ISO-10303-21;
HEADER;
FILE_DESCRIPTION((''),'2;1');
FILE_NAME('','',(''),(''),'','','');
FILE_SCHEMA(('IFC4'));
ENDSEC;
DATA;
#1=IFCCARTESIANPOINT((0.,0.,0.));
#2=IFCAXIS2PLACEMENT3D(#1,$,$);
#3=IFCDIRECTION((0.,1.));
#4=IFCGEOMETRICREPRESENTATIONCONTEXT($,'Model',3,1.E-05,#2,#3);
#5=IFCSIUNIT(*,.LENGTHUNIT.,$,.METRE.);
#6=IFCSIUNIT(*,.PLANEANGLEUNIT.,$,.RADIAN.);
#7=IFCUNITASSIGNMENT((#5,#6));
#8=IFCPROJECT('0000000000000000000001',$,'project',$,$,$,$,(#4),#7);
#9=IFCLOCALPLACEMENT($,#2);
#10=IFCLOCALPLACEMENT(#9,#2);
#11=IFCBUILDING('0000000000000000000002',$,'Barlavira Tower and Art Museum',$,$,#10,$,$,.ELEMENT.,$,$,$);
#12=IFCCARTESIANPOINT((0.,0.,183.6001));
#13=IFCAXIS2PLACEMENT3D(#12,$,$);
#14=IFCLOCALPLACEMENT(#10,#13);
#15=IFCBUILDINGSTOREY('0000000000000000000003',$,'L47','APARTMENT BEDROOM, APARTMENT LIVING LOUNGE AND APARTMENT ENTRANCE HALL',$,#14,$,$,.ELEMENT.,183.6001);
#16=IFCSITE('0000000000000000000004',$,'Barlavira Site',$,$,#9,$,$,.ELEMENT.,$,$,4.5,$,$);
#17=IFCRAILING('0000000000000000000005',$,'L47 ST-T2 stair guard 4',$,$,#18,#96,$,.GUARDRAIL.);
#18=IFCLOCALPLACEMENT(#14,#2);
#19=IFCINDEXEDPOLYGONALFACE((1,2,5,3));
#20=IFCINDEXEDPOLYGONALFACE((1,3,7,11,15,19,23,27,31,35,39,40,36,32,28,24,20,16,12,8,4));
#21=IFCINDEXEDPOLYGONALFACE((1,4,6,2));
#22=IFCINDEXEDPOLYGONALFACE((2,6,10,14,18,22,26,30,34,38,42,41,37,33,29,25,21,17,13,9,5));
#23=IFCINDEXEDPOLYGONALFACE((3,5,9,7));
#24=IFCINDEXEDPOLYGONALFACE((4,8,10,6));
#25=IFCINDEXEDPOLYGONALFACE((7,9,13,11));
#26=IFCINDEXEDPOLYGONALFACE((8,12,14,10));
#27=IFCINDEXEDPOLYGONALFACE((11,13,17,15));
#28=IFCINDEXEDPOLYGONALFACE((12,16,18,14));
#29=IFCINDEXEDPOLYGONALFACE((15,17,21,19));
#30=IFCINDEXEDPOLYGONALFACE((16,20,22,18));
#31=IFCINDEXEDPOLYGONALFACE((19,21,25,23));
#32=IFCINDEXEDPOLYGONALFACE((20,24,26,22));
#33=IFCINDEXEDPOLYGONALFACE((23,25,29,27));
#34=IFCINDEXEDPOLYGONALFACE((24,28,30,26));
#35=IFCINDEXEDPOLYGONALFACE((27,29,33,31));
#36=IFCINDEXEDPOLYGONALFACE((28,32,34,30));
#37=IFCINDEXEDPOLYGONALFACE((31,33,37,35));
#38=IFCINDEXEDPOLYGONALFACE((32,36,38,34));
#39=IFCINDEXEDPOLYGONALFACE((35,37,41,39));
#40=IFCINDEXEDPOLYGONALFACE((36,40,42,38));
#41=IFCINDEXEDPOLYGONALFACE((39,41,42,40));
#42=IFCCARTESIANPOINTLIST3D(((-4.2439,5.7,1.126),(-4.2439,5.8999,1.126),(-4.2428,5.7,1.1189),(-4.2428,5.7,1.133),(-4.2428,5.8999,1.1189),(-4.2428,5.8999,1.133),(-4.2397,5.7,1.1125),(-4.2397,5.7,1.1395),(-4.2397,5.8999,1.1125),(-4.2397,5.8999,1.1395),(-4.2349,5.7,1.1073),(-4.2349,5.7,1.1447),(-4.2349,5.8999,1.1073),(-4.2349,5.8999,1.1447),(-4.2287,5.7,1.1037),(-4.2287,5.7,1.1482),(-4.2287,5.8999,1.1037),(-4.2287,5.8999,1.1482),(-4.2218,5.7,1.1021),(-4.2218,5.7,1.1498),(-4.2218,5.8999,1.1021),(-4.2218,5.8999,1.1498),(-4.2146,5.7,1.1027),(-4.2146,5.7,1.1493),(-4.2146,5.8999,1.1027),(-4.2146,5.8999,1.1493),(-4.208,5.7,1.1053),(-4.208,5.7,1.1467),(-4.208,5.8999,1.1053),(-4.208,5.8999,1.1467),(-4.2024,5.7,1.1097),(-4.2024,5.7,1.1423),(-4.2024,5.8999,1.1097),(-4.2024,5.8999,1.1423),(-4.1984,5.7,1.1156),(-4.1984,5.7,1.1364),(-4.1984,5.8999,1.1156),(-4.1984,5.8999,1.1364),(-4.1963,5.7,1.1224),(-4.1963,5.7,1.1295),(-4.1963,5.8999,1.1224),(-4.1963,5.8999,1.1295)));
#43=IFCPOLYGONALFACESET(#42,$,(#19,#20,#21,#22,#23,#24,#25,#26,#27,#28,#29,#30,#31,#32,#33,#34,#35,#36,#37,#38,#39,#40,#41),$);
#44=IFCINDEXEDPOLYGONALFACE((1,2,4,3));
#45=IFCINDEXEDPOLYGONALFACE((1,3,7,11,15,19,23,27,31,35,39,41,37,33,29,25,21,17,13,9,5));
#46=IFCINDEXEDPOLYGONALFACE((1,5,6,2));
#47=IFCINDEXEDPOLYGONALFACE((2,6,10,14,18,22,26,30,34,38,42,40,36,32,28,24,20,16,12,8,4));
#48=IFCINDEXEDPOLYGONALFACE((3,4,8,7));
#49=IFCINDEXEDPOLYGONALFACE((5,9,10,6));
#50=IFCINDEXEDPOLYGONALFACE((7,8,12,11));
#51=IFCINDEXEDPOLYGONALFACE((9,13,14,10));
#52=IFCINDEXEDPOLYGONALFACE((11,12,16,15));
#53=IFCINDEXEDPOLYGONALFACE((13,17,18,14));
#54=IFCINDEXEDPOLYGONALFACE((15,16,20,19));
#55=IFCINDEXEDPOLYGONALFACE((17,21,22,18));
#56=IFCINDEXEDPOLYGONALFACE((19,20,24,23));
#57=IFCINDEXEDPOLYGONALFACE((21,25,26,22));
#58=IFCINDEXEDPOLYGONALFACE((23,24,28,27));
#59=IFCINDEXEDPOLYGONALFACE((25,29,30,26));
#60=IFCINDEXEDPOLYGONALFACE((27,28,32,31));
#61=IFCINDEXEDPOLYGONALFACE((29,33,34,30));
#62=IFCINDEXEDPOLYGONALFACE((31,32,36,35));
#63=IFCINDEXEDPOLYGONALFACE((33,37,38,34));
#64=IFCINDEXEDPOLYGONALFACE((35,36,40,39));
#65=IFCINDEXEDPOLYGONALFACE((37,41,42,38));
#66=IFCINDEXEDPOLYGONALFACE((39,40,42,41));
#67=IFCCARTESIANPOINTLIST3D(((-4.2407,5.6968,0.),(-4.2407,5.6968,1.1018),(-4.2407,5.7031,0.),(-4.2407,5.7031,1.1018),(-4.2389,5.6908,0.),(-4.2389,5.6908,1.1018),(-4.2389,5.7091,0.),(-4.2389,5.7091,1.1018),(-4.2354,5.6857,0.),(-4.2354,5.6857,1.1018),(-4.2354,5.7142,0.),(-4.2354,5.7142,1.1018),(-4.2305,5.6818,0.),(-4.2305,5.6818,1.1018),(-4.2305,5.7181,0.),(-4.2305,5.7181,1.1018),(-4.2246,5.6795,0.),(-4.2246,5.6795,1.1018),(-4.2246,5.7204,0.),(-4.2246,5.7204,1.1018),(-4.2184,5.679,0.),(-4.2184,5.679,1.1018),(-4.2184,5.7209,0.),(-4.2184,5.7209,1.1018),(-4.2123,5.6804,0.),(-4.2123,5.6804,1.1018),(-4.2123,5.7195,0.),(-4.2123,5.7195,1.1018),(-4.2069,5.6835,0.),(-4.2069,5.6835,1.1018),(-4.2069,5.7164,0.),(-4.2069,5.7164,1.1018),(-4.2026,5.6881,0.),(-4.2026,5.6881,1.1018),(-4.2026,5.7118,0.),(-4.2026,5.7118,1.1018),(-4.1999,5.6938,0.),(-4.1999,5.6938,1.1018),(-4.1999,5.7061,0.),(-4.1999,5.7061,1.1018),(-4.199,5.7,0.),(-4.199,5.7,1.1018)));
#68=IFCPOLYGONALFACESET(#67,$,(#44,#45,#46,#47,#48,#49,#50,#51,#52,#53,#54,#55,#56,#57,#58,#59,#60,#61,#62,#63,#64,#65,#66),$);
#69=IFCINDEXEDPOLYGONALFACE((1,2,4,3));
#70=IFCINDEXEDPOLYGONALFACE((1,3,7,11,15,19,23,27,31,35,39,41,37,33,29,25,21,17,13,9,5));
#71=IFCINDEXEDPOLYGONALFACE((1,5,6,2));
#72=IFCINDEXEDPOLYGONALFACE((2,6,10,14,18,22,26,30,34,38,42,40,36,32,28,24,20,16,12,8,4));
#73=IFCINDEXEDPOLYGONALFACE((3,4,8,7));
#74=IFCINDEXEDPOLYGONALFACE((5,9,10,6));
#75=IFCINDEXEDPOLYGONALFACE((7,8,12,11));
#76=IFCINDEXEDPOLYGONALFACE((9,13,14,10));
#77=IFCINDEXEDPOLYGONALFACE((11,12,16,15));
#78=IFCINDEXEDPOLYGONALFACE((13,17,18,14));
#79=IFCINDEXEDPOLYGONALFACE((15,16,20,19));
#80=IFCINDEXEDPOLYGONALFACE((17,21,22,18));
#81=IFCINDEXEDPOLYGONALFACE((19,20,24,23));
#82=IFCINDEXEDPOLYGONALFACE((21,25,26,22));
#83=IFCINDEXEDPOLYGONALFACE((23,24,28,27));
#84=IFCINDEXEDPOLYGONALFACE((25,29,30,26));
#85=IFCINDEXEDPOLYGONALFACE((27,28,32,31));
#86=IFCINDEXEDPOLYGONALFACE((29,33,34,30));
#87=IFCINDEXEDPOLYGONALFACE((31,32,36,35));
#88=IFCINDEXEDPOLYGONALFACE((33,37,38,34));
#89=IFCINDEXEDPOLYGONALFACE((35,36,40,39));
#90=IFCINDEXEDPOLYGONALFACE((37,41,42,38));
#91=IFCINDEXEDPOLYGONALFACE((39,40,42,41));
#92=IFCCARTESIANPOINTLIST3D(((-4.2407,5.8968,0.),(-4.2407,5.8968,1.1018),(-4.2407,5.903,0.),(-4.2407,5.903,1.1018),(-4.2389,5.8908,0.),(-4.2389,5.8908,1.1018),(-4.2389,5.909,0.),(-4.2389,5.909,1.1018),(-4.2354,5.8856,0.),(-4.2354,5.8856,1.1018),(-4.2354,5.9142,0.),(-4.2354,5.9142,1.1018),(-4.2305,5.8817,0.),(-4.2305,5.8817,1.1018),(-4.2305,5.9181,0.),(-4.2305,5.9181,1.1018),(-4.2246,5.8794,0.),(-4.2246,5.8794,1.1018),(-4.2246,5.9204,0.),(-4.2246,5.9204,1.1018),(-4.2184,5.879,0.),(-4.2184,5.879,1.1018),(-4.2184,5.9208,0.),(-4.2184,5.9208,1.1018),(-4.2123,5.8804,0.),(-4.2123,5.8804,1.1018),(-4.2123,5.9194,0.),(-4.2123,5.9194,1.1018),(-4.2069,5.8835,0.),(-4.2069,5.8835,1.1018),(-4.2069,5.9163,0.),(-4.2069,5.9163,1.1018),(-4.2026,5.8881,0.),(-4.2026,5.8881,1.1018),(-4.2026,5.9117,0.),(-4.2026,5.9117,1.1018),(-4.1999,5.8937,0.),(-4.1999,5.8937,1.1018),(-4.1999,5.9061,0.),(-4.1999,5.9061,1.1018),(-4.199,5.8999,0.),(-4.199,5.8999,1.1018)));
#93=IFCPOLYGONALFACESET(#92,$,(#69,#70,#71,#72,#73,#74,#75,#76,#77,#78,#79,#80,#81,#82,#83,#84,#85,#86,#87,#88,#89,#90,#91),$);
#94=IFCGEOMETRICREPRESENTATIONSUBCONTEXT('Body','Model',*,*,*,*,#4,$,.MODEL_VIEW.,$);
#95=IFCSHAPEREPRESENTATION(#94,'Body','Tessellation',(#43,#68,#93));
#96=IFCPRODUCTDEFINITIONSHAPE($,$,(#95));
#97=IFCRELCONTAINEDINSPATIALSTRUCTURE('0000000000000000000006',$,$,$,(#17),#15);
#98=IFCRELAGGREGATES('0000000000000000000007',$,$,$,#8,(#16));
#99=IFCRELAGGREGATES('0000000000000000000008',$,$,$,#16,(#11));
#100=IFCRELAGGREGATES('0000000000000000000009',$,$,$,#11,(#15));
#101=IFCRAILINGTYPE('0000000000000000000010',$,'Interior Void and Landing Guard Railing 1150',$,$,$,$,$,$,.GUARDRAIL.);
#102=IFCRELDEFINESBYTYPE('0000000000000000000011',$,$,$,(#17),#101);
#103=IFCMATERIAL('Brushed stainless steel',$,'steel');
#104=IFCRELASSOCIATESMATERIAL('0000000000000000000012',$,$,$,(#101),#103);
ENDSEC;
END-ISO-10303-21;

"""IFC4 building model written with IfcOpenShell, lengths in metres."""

from ifc_helpers import new_model, si_unit, direction, frame, origin, origin_2d, place, context, subcontext, project, spatial, circle, extrude, material, type_object, element, save


model = new_model("IFC4")

# Units and contexts
model_context = context("Model", 3, precision=1e-05, world=origin(), true_north=direction((0.0, 1.0)))
body_context = subcontext(model_context, "Body", "Model", "MODEL_VIEW")
ifc_project = project(units=[si_unit("LENGTHUNIT", "METRE"), si_unit("PLANEANGLEUNIT", "RADIAN")], contexts=[model_context])

# Site, building, storey
site_placement = place(None, origin())
site = spatial("IfcSite", under=ifc_project, at=site_placement, Name="Barlavira Site", CompositionType="ELEMENT", RefElevation=4.5)
building_placement = place(site_placement, origin())
building = spatial("IfcBuilding", under=site, at=building_placement, Name="Barlavira Tower and Art Museum", CompositionType="ELEMENT")
storey_placement = place(building_placement, frame((0.0, 0.0, 183.6001)))
storey = spatial("IfcBuildingStorey", under=building, at=storey_placement, Name="L47", Description="APARTMENT BEDROOM, APARTMENT LIVING LOUNGE AND APARTMENT ENTRANCE HALL", CompositionType="ELEMENT", Elevation=183.6001)

# Shared definitions
ifc_material_1 = material(Name="Brushed stainless steel", Category="steel")

# Railing
railing_type_1 = type_object("IfcRailingType", Name="Interior Void and Landing Guard Railing 1150", PredefinedType="GUARDRAIL", material=ifc_material_1)
railing_1_placement = place(storey_placement, frame((-4.22, 5.7, 0.0)))
element("IfcRailing", 1, at=railing_1_placement, inside=storey, type_object=railing_type_1, Name="L47 ST-T2 stair guard 4", PredefinedType="GUARDRAIL", context=body_context, shape_type="SweptSolid", body=[
    extrude(circle(Radius=0.0239, at=origin_2d()), frame((0.0, 0.0, 1.126), z_axis=(0.0, 1.0, 0.0), x_axis=(-1.0, 0.0, 0.0)), (0.0, 0.0, 1.0), 0.2),
    extrude(circle(Radius=0.021, at=origin_2d()), origin(), (0.0, 0.0, 1.0), 1.1018),
    extrude(circle(Radius=0.021, at=origin_2d()), frame((0.0, 0.2, 0.0)), (0.0, 0.0, 1.0), 1.1018),
])

save(model, "model.ifc")
